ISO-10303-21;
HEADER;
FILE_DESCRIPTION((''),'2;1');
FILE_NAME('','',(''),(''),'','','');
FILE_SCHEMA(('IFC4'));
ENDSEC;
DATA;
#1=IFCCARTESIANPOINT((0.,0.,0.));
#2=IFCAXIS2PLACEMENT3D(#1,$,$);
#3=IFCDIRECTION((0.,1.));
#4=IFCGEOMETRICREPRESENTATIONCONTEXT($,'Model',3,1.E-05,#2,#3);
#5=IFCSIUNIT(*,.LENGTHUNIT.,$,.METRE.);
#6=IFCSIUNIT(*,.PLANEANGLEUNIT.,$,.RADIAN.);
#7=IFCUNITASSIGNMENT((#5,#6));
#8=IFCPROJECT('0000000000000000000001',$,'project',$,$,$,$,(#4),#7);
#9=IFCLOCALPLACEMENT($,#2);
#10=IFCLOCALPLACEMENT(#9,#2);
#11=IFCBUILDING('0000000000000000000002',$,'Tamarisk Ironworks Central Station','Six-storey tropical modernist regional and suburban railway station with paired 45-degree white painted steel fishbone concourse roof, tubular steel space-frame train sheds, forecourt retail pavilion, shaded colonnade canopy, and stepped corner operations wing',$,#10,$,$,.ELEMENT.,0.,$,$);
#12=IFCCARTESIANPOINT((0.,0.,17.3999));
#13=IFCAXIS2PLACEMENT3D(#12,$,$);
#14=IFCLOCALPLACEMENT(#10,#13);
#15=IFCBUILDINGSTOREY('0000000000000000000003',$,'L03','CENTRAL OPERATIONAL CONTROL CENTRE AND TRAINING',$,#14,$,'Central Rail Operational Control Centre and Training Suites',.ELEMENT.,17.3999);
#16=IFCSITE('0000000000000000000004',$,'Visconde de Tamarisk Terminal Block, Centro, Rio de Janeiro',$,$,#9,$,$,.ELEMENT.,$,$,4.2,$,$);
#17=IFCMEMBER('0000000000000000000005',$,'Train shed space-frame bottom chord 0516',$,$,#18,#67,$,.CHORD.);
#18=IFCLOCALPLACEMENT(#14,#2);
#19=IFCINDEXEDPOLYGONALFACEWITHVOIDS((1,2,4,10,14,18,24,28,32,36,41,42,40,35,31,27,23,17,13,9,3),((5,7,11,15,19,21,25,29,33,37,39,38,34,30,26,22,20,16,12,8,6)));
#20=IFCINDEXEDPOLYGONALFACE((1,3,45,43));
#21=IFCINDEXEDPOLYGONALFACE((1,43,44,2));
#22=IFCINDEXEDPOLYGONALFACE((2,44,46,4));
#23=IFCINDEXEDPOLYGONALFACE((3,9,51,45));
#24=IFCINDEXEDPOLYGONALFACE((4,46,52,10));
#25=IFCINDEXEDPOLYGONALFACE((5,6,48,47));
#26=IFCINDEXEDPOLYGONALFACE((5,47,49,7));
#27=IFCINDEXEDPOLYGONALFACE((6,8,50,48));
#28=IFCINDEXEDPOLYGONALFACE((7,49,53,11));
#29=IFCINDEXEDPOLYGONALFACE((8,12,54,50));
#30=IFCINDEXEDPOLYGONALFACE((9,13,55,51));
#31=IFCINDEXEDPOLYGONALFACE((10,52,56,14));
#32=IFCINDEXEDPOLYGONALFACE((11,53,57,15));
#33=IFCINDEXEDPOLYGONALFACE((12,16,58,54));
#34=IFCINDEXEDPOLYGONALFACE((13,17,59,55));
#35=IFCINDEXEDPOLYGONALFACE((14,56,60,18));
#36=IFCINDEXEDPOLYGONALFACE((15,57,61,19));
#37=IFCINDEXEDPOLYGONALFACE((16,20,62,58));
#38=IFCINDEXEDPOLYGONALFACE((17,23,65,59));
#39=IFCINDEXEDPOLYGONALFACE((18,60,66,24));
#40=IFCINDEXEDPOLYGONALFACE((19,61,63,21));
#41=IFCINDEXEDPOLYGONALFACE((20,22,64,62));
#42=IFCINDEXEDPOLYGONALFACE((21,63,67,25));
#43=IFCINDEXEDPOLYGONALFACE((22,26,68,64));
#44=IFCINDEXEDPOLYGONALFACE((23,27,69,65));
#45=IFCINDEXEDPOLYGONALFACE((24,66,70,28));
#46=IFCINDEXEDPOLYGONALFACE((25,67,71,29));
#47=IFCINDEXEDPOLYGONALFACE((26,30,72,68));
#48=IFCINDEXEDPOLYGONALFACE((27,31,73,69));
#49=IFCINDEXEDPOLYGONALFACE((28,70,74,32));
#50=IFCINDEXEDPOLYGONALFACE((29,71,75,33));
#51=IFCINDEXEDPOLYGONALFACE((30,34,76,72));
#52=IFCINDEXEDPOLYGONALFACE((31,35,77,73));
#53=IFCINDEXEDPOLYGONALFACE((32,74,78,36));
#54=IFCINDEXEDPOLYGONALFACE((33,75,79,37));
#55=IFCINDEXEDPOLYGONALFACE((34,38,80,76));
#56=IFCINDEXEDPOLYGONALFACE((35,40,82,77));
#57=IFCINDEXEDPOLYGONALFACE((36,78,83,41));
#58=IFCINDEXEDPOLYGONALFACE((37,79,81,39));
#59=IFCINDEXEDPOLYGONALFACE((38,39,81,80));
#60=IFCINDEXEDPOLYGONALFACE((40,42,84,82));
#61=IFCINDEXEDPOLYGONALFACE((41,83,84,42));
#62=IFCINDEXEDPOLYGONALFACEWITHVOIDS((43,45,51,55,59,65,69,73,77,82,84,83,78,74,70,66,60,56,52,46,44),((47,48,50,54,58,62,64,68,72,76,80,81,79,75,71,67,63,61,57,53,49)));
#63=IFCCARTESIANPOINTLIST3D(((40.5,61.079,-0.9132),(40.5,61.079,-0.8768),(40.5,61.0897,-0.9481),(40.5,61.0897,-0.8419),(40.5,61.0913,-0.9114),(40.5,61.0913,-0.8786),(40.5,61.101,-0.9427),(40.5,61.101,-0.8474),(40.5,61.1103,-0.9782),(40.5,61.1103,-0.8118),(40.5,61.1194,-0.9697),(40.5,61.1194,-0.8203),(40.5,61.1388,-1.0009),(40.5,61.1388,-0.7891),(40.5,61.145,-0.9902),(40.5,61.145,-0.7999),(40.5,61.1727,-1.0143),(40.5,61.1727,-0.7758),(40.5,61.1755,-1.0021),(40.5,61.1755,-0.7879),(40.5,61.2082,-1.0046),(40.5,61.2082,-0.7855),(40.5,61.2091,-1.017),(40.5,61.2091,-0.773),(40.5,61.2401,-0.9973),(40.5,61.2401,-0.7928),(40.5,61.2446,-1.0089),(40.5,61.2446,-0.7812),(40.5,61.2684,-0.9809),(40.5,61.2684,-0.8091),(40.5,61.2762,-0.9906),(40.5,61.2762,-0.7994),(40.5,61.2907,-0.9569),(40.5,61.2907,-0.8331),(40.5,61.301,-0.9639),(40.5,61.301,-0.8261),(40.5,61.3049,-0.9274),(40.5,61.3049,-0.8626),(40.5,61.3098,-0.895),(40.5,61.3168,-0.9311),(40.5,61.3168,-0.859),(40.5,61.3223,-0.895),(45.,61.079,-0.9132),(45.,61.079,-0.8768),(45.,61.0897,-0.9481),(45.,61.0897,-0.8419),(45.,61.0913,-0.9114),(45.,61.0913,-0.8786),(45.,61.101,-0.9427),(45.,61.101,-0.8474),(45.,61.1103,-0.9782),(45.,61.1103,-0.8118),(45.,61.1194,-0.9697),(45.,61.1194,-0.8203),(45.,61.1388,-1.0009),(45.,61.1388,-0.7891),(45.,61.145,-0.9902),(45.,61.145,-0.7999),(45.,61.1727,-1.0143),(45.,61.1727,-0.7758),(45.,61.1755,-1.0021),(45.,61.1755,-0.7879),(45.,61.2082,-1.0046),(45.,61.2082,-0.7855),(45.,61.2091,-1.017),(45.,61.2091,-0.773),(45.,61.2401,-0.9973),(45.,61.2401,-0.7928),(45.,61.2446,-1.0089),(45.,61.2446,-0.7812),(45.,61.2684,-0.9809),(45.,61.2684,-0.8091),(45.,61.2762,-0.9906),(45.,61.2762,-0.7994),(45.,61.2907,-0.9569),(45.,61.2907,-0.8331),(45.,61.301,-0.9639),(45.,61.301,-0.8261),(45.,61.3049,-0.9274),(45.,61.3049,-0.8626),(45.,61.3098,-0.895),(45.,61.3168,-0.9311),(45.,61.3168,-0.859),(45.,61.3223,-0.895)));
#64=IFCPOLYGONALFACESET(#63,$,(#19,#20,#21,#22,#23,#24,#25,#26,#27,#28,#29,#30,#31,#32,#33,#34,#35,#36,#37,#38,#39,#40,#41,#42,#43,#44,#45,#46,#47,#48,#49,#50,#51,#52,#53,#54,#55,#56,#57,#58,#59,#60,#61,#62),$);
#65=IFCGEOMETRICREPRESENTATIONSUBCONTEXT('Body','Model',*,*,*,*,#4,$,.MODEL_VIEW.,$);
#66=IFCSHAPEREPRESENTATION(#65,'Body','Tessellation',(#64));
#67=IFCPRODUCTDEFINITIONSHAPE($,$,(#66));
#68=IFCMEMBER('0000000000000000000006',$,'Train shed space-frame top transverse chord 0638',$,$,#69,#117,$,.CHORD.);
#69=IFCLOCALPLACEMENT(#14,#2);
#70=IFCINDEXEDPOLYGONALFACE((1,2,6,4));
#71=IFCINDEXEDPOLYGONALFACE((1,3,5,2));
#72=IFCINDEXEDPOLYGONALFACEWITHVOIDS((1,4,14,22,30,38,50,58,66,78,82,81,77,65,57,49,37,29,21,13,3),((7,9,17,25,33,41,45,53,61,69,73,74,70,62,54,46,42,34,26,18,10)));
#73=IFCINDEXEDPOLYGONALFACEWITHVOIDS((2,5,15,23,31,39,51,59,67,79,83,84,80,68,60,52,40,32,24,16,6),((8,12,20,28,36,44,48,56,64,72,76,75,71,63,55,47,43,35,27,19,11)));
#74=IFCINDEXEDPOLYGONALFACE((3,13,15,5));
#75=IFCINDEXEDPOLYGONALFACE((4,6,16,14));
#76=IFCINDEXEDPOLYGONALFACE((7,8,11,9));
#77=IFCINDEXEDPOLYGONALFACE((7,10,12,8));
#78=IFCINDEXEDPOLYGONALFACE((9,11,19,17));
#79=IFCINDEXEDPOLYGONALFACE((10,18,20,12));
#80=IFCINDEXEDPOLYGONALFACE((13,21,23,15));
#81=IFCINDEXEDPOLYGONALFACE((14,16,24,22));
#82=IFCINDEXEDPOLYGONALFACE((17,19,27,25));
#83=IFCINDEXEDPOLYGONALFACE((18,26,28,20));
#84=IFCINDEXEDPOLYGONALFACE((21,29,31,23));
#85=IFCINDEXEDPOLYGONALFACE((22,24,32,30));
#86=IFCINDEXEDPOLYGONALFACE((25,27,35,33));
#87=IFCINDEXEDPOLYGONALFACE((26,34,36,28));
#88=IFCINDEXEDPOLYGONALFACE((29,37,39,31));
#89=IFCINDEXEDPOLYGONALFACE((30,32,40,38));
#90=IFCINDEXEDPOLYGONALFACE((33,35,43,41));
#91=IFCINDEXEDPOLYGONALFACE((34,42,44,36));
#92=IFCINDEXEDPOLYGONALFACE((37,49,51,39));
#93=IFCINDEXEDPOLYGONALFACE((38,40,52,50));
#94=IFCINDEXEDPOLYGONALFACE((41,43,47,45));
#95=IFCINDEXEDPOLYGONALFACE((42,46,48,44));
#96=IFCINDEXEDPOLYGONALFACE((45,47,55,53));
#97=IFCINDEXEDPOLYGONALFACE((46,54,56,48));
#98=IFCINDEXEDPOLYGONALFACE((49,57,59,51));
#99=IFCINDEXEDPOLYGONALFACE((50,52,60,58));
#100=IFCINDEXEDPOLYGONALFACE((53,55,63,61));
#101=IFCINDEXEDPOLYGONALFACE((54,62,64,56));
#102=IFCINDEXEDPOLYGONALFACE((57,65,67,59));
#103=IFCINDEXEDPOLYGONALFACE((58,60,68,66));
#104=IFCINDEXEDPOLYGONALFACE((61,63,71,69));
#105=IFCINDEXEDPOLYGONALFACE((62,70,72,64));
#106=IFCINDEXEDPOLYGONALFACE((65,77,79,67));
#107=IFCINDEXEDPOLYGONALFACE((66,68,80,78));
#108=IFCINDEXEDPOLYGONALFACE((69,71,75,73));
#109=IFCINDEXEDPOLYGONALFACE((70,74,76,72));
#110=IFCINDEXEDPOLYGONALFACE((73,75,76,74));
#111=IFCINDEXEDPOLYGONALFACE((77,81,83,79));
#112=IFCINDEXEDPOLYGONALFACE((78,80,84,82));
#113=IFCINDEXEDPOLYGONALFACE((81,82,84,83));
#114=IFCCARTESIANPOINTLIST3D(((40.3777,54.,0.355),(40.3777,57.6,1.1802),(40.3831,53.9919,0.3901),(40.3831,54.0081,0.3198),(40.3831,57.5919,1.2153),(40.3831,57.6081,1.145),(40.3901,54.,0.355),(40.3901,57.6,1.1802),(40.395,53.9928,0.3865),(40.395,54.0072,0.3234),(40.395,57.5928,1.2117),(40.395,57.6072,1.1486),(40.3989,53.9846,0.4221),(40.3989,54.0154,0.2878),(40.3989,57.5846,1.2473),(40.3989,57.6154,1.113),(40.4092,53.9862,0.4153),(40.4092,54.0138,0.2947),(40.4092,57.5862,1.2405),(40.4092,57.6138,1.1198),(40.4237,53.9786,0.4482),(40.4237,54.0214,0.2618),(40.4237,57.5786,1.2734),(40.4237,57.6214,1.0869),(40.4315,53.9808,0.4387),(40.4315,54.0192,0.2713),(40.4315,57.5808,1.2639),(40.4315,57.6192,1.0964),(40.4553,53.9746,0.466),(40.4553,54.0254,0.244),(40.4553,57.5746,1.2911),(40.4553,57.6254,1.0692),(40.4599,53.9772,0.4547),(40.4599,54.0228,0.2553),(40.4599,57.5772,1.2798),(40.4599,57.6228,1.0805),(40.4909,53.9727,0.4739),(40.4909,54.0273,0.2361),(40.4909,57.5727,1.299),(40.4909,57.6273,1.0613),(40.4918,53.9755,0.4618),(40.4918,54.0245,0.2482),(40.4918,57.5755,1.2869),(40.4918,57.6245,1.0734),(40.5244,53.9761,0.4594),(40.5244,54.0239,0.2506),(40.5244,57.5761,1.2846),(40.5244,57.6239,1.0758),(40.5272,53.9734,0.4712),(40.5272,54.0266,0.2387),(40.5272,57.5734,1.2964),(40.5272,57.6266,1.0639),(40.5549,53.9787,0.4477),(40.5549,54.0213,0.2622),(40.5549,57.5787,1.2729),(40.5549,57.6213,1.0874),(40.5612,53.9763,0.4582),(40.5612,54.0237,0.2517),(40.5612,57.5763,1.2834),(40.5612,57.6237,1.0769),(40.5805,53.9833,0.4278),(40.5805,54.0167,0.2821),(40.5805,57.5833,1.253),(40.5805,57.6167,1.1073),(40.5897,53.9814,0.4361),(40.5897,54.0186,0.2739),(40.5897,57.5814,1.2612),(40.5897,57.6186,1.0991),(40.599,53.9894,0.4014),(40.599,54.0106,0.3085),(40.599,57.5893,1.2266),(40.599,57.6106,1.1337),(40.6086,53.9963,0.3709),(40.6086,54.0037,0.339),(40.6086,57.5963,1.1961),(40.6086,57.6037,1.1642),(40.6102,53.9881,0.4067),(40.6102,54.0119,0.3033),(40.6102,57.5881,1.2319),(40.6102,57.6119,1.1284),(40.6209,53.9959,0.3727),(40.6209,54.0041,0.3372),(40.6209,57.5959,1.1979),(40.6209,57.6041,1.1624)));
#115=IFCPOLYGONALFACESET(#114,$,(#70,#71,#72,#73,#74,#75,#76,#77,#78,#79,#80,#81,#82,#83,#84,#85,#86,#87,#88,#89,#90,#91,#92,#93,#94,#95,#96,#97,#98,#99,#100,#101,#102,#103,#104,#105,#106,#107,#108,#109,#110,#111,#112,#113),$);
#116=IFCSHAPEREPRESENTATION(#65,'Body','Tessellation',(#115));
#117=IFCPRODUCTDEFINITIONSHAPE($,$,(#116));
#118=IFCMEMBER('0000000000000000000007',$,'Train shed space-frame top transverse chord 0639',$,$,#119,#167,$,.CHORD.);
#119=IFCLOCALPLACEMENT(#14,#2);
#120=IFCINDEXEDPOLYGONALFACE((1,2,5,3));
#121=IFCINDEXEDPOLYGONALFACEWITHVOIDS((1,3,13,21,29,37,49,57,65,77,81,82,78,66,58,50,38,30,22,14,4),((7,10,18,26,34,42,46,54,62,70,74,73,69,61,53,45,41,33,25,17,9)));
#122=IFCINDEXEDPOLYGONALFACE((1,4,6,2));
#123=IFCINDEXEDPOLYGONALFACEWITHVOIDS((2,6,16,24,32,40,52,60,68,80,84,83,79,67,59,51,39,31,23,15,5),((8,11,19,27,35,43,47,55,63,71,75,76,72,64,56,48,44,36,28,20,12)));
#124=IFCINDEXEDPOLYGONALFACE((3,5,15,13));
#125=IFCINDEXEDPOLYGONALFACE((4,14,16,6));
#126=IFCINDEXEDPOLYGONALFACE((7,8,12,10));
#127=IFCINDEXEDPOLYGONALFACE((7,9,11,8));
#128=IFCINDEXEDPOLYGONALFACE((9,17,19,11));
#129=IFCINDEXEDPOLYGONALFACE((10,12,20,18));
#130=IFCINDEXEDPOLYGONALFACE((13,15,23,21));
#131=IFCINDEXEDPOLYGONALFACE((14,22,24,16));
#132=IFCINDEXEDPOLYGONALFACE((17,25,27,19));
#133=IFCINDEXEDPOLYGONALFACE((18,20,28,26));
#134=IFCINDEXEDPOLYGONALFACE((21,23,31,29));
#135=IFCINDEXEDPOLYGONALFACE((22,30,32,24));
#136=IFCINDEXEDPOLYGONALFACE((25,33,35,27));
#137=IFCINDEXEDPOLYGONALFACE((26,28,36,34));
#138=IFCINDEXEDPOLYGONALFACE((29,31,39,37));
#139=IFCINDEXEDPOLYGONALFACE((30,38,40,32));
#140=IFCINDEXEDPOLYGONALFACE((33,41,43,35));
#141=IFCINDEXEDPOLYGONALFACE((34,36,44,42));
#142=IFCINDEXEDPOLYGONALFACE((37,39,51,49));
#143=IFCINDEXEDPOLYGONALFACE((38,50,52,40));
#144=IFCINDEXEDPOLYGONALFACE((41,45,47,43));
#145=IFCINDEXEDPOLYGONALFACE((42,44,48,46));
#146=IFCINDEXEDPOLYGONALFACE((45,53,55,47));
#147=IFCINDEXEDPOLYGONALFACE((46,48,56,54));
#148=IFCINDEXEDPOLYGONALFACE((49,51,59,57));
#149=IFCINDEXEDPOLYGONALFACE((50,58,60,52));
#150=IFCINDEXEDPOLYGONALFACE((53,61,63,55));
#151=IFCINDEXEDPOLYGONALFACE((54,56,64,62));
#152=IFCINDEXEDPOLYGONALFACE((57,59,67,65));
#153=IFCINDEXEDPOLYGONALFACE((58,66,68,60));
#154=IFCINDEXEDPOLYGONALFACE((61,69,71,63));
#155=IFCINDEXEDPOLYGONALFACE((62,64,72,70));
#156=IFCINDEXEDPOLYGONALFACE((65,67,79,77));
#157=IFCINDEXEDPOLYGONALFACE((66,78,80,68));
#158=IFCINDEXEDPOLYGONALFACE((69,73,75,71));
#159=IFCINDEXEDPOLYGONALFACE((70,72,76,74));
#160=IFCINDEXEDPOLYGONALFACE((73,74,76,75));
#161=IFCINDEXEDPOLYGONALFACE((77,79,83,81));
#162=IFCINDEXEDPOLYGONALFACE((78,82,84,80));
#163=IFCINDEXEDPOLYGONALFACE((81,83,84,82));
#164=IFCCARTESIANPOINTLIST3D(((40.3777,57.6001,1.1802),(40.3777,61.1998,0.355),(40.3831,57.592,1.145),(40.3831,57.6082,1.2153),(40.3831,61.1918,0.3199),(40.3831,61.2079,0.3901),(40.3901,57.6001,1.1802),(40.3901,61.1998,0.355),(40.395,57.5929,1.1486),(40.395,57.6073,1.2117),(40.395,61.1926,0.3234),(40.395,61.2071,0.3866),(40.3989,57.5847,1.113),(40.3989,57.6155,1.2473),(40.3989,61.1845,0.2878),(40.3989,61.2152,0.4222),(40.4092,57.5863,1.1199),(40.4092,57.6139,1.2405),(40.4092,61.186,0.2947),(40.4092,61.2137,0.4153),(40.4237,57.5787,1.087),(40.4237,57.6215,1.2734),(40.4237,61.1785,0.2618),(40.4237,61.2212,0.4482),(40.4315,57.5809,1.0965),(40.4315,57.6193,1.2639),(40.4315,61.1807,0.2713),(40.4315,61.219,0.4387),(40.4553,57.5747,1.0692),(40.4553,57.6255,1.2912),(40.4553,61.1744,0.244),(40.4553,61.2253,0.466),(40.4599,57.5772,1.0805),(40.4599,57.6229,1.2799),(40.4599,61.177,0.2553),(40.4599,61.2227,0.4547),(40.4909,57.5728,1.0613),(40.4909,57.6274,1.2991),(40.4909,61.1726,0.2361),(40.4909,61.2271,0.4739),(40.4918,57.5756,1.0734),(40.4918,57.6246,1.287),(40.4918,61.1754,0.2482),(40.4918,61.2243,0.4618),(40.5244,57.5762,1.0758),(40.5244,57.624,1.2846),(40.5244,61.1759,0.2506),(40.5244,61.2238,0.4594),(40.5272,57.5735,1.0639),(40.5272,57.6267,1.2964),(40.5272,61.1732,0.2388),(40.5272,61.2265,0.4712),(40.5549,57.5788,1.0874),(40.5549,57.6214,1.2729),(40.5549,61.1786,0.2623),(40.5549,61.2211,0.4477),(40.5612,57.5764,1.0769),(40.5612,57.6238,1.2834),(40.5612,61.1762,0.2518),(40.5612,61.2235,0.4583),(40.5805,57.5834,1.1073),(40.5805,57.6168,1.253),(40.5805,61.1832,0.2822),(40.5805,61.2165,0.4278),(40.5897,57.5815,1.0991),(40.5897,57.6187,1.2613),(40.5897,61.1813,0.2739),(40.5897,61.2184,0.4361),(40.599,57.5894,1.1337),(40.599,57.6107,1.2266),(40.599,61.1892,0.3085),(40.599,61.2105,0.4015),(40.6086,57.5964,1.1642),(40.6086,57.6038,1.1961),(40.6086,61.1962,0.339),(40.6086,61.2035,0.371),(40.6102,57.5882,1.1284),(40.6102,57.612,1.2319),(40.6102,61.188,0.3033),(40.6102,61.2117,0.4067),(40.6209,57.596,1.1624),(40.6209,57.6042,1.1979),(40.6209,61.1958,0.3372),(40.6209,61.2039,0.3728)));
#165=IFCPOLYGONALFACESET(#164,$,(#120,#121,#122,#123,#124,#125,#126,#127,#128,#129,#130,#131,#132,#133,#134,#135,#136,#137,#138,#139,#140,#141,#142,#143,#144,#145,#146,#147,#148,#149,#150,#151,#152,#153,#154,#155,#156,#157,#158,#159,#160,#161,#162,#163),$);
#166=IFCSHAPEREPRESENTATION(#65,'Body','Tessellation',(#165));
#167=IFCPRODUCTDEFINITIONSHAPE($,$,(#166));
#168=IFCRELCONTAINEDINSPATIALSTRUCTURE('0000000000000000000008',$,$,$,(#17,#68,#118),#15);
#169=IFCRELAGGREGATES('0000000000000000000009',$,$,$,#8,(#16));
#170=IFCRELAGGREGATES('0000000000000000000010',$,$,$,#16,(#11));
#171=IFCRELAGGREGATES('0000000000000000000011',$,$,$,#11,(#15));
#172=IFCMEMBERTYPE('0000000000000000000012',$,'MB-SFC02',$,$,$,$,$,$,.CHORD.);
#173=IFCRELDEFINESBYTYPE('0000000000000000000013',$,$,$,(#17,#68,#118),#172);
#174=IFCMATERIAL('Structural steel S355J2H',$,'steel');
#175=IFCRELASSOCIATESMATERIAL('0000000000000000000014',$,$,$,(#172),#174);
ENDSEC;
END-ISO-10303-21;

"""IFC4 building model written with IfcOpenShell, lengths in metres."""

from ifc_helpers import new_model, si_unit, direction, frame, origin, origin_2d, place, context, subcontext, project, spatial, hollow_circle, extrude, material, material_profile, profile_set, type_object, element, save


model = new_model("IFC4")

# Units and contexts
model_context = context("Model", 3, precision=1e-05, world=origin(), true_north=direction((0.0, 1.0)))
body_context = subcontext(model_context, "Body", "Model", "MODEL_VIEW")
ifc_project = project(units=[si_unit("LENGTHUNIT", "METRE"), si_unit("PLANEANGLEUNIT", "RADIAN")], contexts=[model_context])

# Site, building, storey
site_placement = place(None, origin())
site = spatial("IfcSite", under=ifc_project, at=site_placement, Name="Visconde de Tamarisk Terminal Block, Centro, Rio de Janeiro", CompositionType="ELEMENT", RefElevation=4.2)
building_placement = place(site_placement, origin())
building = spatial("IfcBuilding", under=site, at=building_placement, Name="Tamarisk Ironworks Central Station", Description="Six-storey tropical modernist regional and suburban railway station with paired 45-degree white painted steel fishbone concourse roof, tubular steel space-frame train sheds, forecourt retail pavilion, shaded colonnade canopy, and stepped corner operations wing", CompositionType="ELEMENT", ElevationOfRefHeight=0.0)
storey_placement = place(building_placement, frame((0.0, 0.0, 17.3999)))
storey = spatial("IfcBuildingStorey", under=building, at=storey_placement, Name="L03", Description="CENTRAL OPERATIONAL CONTROL CENTRE AND TRAINING", LongName="Central Rail Operational Control Centre and Training Suites", CompositionType="ELEMENT", Elevation=17.3999)

# Members
ifc_material = material(Name="Structural steel S355J2H", Category="steel")
ifc_material_profile_1 = material_profile(ifc_material, hollow_circle(Radius=0.1223, WallThickness=0.0125, at=origin_2d()), Name="CHS 244.5x12.5")
ifc_profile_set_1 = profile_set([ifc_material_profile_1], Name="Structural steel S355J2H")
member_type_1 = type_object("IfcMemberType", Name="MB-SFC02", PredefinedType="CHORD", material=ifc_profile_set_1)
for number, where, z_axis, x_axis, name in (
    (1, (40.5, 61.2, -0.895), (1.0, 0.0, 0.0), (0.0, 1.0, 0.0), "Train shed space-frame bottom chord 0516"),
):
    element("IfcMember", number, at=place(storey_placement, frame(where, z_axis=z_axis, x_axis=x_axis)), inside=storey, type_object=member_type_1, Name=name, PredefinedType="CHORD", context=body_context, shape_type="SweptSolid", body=[
        extrude(hollow_circle(Radius=0.1223, WallThickness=0.0125, at=origin_2d()), origin(), (0.0, 0.0, 1.0), 4.5),
    ])
member_1_placement = place(storey_placement, frame((40.5, 54.0, 0.355), z_axis=(0.0, 0.974722, 0.223421), x_axis=(-1.0, 0.0, 0.0)))
element("IfcMember", 2, at=member_1_placement, inside=storey, type_object=member_type_1, Name="Train shed space-frame top transverse chord 0638", PredefinedType="CHORD", context=body_context, shape_type="SweptSolid", body=[
    extrude(hollow_circle(Radius=0.1223, WallThickness=0.0125, at=origin_2d()), origin(), (0.0, 0.0, 1.0), 3.6934),
])
member_2_placement = place(storey_placement, frame((40.5, 57.6001, 1.1802), z_axis=(0.0, 0.974719, -0.223435), x_axis=(-1.0, 0.0, 0.0)))
element("IfcMember", 3, at=member_2_placement, inside=storey, type_object=member_type_1, Name="Train shed space-frame top transverse chord 0639", PredefinedType="CHORD", context=body_context, shape_type="SweptSolid", body=[
    extrude(hollow_circle(Radius=0.1223, WallThickness=0.0125, at=origin_2d()), origin(), (0.0, 0.0, 1.0), 3.6931),
])

save(model, "model.ifc")
